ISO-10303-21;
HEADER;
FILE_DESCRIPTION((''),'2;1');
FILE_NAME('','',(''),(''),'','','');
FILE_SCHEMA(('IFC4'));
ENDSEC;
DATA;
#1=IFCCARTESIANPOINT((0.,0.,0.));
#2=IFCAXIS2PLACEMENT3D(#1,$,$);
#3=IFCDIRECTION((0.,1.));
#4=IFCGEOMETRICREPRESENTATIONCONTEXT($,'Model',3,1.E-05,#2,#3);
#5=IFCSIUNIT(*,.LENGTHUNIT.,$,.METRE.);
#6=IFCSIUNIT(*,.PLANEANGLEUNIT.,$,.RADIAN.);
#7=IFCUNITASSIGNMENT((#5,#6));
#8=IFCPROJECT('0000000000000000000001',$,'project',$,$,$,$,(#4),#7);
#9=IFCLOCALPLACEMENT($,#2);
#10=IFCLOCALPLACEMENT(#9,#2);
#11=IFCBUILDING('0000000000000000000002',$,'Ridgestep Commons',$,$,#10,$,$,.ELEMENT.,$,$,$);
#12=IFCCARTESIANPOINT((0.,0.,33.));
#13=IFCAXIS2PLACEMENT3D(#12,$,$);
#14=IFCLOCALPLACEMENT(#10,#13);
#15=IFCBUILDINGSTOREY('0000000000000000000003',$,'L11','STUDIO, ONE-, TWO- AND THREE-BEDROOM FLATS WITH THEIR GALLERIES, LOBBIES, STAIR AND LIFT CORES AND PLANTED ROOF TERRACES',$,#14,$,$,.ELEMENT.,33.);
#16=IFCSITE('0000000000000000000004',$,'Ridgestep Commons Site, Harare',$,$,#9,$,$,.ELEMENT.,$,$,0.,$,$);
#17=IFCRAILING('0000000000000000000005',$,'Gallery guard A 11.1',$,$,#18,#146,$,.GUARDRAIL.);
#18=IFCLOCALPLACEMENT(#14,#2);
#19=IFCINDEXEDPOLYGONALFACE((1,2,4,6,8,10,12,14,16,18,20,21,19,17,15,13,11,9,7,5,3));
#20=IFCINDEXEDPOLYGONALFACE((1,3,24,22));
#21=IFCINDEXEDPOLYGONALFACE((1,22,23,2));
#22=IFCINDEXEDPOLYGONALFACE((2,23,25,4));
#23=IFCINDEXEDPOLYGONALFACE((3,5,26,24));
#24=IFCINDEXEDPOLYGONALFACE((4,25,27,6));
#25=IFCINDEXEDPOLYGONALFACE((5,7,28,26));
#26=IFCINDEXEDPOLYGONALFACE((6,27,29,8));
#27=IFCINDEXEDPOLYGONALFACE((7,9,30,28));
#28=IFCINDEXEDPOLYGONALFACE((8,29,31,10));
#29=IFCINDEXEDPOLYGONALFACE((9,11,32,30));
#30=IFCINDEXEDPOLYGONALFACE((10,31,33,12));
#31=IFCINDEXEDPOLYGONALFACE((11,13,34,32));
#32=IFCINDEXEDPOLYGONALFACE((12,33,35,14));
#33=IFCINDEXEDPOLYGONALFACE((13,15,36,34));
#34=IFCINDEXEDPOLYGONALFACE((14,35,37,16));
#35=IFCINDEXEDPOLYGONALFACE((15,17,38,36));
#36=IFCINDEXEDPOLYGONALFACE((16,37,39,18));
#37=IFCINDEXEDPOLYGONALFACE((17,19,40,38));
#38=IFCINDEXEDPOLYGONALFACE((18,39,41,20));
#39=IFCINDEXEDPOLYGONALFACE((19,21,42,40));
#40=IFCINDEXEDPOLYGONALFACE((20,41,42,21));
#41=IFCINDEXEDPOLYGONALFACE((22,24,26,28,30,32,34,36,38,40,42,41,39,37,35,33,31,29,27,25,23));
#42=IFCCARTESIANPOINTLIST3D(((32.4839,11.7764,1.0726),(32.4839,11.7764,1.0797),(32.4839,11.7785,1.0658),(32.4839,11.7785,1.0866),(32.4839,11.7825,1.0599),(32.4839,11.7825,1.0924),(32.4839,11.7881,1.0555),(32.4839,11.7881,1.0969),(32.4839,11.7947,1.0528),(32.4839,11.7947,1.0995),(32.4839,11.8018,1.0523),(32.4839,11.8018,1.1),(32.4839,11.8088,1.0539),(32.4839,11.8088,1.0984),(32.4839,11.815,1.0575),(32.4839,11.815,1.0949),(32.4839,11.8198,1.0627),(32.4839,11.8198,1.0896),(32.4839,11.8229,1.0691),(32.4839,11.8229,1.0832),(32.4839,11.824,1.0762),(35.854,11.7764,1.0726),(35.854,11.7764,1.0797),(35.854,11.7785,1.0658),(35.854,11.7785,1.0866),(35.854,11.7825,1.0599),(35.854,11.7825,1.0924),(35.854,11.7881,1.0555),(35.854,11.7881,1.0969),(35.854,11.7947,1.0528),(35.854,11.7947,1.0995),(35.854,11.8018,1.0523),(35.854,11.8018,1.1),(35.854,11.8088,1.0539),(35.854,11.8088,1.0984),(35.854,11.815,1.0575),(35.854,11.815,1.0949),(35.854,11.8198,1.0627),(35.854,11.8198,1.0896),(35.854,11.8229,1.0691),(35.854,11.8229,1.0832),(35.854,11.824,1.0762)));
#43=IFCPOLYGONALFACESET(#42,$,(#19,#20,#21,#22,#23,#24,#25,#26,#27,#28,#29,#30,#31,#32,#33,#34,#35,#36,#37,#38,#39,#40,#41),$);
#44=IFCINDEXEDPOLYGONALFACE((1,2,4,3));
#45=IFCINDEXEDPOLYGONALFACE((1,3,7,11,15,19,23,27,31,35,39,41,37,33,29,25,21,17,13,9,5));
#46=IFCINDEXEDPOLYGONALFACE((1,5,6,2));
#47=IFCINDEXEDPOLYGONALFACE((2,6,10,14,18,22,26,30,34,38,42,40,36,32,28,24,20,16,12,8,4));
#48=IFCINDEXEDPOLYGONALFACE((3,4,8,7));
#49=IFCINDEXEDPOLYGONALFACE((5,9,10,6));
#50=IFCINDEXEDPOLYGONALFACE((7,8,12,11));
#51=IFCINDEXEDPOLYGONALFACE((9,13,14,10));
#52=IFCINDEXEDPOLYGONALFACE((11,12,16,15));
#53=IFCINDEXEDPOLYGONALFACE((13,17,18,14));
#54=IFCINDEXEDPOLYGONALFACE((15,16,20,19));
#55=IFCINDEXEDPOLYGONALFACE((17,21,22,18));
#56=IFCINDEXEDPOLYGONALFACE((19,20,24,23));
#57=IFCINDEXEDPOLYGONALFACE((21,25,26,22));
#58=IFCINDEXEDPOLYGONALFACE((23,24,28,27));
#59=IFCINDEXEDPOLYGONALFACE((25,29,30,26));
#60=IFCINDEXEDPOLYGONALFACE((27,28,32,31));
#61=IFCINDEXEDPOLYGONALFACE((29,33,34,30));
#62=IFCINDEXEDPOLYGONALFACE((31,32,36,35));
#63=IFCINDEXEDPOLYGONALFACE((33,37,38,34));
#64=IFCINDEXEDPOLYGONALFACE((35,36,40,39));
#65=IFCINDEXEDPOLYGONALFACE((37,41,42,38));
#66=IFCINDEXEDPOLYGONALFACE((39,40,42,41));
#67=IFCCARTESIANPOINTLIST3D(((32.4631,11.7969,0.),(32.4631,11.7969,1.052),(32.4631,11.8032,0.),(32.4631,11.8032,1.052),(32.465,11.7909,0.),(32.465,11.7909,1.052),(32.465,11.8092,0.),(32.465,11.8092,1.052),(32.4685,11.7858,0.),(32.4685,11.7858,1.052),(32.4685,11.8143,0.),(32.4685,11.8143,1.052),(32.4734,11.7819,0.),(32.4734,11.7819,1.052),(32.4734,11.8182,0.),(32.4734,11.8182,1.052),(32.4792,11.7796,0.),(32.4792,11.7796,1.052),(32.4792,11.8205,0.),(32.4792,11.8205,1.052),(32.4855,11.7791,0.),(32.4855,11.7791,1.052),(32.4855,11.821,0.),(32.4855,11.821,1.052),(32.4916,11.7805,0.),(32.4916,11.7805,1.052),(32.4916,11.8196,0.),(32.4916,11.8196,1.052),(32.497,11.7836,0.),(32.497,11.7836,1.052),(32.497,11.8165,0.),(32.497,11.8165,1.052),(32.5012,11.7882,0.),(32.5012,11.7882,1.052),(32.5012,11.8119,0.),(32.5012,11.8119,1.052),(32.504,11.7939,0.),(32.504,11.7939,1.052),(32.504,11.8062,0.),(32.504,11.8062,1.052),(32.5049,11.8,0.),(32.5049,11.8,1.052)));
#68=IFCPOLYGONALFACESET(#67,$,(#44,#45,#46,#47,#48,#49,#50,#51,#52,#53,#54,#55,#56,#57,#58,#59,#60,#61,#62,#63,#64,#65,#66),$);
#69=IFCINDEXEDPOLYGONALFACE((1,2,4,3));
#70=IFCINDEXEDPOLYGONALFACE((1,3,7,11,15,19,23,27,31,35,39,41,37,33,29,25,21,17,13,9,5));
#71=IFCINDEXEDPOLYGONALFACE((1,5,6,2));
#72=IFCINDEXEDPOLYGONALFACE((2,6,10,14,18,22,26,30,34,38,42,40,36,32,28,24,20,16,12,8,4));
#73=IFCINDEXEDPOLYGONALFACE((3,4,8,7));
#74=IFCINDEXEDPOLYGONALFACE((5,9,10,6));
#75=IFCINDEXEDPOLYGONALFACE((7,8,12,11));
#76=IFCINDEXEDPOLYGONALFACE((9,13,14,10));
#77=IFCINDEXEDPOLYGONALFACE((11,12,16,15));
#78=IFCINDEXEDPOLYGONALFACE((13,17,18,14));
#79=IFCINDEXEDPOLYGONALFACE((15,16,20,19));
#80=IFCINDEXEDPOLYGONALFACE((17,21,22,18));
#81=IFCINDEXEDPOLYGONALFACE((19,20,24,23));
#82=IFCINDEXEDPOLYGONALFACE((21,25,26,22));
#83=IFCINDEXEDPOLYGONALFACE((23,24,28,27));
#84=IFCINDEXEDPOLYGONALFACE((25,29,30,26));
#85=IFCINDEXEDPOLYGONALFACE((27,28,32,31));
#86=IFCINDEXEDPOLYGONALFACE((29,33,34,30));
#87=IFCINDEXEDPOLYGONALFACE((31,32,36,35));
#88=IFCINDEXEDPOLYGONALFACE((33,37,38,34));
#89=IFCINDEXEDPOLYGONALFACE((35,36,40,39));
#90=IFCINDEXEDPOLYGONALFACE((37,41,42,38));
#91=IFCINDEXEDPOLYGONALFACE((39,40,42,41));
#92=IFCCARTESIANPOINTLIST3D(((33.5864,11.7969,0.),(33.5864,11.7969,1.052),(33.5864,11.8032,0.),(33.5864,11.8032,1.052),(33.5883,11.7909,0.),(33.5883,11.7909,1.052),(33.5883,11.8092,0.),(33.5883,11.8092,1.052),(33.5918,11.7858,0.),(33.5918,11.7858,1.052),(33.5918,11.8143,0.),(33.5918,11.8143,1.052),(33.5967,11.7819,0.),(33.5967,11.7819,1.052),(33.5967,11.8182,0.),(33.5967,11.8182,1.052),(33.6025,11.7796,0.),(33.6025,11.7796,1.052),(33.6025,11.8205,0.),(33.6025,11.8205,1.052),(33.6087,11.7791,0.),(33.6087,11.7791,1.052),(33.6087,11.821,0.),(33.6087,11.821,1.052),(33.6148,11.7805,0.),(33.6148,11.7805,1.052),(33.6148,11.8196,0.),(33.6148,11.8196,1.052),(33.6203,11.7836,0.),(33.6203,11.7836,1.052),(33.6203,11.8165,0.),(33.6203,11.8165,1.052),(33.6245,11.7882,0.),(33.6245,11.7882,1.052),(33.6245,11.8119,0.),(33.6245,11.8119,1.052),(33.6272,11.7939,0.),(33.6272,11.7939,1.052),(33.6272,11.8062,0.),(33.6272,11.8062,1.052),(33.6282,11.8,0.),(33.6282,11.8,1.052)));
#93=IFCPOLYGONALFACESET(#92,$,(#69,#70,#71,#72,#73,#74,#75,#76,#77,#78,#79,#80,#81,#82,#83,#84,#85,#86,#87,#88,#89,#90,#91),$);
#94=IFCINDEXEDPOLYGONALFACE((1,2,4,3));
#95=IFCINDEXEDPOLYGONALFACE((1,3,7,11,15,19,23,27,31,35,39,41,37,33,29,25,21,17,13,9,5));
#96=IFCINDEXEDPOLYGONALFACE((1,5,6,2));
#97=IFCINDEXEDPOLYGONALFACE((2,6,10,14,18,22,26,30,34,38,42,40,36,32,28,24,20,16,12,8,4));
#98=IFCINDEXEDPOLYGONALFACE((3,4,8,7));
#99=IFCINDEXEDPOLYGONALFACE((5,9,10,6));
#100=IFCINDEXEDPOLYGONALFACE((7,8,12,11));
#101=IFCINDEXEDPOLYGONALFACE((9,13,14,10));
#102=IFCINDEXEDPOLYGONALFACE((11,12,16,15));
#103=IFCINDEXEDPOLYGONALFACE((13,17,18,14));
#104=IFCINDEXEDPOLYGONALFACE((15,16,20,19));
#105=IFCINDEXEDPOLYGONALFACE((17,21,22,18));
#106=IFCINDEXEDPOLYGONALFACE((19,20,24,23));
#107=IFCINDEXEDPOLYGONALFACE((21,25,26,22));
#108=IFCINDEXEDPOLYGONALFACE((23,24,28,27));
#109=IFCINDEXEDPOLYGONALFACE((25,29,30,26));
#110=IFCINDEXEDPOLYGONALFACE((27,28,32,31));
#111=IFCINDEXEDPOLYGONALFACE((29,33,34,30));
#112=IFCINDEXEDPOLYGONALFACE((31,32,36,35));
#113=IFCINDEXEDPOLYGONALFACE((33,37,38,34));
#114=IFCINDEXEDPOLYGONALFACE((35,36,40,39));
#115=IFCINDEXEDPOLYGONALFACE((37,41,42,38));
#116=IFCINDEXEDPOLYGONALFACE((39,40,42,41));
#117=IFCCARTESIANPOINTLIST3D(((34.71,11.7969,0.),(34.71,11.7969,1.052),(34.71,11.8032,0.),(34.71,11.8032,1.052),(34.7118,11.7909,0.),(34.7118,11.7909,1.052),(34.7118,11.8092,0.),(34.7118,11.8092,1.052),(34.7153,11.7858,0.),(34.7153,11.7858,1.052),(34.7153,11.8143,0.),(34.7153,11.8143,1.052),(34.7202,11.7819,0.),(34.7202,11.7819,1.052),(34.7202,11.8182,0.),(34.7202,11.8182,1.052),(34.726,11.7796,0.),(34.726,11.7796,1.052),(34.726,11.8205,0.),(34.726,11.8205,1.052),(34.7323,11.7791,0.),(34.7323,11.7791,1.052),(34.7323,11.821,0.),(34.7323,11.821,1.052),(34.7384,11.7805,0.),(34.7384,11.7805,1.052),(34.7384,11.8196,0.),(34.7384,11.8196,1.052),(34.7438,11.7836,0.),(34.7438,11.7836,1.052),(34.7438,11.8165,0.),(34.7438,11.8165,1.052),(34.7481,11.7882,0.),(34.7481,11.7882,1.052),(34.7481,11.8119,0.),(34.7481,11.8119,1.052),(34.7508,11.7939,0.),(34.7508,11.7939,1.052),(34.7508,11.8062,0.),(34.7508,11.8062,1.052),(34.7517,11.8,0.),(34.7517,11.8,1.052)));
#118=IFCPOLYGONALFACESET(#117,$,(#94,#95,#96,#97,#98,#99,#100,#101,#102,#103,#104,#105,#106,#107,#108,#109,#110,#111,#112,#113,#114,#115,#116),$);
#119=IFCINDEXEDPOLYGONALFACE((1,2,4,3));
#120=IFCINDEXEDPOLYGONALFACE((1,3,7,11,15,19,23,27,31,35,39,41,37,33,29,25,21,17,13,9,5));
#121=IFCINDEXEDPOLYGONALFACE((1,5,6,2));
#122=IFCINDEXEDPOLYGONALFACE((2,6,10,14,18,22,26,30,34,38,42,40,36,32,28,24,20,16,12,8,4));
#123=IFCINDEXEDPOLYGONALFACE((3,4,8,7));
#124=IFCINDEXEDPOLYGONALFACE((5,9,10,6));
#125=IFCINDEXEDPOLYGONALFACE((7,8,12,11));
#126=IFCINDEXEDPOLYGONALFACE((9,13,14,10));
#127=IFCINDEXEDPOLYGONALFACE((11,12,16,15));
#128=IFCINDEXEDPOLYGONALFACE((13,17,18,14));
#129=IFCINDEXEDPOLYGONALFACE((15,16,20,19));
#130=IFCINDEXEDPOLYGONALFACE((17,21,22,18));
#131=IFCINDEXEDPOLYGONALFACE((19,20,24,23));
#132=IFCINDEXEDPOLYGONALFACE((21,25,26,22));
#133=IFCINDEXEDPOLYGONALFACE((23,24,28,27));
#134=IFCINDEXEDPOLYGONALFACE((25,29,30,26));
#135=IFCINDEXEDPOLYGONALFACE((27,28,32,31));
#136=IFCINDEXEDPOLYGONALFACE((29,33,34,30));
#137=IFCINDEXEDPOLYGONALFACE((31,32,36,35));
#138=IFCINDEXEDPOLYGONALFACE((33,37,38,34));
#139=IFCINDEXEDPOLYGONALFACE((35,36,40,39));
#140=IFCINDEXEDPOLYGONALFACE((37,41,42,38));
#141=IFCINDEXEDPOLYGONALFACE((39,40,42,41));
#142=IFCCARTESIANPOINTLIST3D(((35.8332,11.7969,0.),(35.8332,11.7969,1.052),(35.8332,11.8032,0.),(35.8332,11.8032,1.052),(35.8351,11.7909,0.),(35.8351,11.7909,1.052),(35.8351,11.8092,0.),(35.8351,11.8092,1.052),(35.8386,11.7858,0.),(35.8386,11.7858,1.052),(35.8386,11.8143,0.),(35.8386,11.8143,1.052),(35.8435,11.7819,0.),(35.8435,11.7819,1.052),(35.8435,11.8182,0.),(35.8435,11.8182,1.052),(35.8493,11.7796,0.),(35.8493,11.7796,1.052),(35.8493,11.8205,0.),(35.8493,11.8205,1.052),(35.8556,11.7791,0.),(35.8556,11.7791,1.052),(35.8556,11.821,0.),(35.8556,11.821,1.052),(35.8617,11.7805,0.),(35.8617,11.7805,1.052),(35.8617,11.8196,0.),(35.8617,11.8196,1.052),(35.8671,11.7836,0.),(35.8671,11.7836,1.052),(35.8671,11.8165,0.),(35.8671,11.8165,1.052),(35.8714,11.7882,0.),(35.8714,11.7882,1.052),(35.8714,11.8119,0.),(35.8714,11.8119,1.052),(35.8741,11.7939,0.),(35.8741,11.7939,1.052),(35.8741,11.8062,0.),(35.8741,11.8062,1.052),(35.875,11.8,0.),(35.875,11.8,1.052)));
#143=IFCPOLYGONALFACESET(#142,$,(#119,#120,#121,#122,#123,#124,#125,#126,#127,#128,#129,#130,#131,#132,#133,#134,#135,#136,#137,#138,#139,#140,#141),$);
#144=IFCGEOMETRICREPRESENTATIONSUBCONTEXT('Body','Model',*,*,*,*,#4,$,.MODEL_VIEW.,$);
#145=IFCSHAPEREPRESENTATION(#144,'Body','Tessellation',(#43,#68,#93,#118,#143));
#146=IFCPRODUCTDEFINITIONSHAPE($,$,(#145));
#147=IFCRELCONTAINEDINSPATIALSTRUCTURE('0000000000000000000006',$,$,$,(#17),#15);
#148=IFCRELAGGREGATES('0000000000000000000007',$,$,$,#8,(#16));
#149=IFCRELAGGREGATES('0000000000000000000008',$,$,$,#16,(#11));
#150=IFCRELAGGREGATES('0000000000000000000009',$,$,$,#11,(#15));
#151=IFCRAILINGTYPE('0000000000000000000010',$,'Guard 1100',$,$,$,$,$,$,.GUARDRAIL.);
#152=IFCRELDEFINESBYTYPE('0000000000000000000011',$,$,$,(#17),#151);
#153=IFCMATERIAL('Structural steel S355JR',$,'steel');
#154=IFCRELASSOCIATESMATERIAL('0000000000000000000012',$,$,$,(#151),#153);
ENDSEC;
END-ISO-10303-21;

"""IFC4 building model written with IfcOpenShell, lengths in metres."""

from ifc_helpers import new_model, si_unit, direction, frame, origin, origin_2d, place, context, subcontext, project, spatial, circle, extrude, material, type_object, element, save


model = new_model("IFC4")

# Units and contexts
model_context = context("Model", 3, precision=1e-05, world=origin(), true_north=direction((0.0, 1.0)))
body_context = subcontext(model_context, "Body", "Model", "MODEL_VIEW")
ifc_project = project(units=[si_unit("LENGTHUNIT", "METRE"), si_unit("PLANEANGLEUNIT", "RADIAN")], contexts=[model_context])

# Site, building, storey
site_placement = place(None, origin())
site = spatial("IfcSite", under=ifc_project, at=site_placement, Name="Ridgestep Commons Site, Harare", CompositionType="ELEMENT", RefElevation=0.0)
building_placement = place(site_placement, origin())
building = spatial("IfcBuilding", under=site, at=building_placement, Name="Ridgestep Commons", CompositionType="ELEMENT")
storey_placement = place(building_placement, frame((0.0, 0.0, 33.0)))
storey = spatial("IfcBuildingStorey", under=building, at=storey_placement, Name="L11", Description="STUDIO, ONE-, TWO- AND THREE-BEDROOM FLATS WITH THEIR GALLERIES, LOBBIES, STAIR AND LIFT CORES AND PLANTED ROOF TERRACES", CompositionType="ELEMENT", Elevation=33.0)

# Railing
ifc_material_1 = material(Name="Structural steel S355JR", Category="steel")
railing_type = type_object("IfcRailingType", Name="Guard 1100", PredefinedType="GUARDRAIL", material=ifc_material_1)
railing_1_placement = place(storey_placement, frame((32.4839, 11.8, 0.0)))
element("IfcRailing", 1, at=railing_1_placement, inside=storey, type_object=railing_type, Name="Gallery guard A 11.1", PredefinedType="GUARDRAIL", context=body_context, shape_type="SweptSolid", body=[
    extrude(circle(Radius=0.0239, at=origin_2d()), frame((0.0, 0.0, 1.0762), z_axis=(1.0, 0.0, 0.0), x_axis=(0.0, 1.0, 0.0)), (0.0, 0.0, 1.0), 3.3701),
    extrude(circle(Radius=0.021, at=origin_2d()), origin(), (0.0, 0.0, 1.0), 1.052),
    extrude(circle(Radius=0.021, at=origin_2d()), frame((1.1233, 0.0, 0.0)), (0.0, 0.0, 1.0), 1.052),
    extrude(circle(Radius=0.021, at=origin_2d()), frame((2.2468, 0.0, 0.0)), (0.0, 0.0, 1.0), 1.052),
    extrude(circle(Radius=0.021, at=origin_2d()), frame((3.3701, 0.0, 0.0)), (0.0, 0.0, 1.0), 1.052),
])

save(model, "model.ifc")
